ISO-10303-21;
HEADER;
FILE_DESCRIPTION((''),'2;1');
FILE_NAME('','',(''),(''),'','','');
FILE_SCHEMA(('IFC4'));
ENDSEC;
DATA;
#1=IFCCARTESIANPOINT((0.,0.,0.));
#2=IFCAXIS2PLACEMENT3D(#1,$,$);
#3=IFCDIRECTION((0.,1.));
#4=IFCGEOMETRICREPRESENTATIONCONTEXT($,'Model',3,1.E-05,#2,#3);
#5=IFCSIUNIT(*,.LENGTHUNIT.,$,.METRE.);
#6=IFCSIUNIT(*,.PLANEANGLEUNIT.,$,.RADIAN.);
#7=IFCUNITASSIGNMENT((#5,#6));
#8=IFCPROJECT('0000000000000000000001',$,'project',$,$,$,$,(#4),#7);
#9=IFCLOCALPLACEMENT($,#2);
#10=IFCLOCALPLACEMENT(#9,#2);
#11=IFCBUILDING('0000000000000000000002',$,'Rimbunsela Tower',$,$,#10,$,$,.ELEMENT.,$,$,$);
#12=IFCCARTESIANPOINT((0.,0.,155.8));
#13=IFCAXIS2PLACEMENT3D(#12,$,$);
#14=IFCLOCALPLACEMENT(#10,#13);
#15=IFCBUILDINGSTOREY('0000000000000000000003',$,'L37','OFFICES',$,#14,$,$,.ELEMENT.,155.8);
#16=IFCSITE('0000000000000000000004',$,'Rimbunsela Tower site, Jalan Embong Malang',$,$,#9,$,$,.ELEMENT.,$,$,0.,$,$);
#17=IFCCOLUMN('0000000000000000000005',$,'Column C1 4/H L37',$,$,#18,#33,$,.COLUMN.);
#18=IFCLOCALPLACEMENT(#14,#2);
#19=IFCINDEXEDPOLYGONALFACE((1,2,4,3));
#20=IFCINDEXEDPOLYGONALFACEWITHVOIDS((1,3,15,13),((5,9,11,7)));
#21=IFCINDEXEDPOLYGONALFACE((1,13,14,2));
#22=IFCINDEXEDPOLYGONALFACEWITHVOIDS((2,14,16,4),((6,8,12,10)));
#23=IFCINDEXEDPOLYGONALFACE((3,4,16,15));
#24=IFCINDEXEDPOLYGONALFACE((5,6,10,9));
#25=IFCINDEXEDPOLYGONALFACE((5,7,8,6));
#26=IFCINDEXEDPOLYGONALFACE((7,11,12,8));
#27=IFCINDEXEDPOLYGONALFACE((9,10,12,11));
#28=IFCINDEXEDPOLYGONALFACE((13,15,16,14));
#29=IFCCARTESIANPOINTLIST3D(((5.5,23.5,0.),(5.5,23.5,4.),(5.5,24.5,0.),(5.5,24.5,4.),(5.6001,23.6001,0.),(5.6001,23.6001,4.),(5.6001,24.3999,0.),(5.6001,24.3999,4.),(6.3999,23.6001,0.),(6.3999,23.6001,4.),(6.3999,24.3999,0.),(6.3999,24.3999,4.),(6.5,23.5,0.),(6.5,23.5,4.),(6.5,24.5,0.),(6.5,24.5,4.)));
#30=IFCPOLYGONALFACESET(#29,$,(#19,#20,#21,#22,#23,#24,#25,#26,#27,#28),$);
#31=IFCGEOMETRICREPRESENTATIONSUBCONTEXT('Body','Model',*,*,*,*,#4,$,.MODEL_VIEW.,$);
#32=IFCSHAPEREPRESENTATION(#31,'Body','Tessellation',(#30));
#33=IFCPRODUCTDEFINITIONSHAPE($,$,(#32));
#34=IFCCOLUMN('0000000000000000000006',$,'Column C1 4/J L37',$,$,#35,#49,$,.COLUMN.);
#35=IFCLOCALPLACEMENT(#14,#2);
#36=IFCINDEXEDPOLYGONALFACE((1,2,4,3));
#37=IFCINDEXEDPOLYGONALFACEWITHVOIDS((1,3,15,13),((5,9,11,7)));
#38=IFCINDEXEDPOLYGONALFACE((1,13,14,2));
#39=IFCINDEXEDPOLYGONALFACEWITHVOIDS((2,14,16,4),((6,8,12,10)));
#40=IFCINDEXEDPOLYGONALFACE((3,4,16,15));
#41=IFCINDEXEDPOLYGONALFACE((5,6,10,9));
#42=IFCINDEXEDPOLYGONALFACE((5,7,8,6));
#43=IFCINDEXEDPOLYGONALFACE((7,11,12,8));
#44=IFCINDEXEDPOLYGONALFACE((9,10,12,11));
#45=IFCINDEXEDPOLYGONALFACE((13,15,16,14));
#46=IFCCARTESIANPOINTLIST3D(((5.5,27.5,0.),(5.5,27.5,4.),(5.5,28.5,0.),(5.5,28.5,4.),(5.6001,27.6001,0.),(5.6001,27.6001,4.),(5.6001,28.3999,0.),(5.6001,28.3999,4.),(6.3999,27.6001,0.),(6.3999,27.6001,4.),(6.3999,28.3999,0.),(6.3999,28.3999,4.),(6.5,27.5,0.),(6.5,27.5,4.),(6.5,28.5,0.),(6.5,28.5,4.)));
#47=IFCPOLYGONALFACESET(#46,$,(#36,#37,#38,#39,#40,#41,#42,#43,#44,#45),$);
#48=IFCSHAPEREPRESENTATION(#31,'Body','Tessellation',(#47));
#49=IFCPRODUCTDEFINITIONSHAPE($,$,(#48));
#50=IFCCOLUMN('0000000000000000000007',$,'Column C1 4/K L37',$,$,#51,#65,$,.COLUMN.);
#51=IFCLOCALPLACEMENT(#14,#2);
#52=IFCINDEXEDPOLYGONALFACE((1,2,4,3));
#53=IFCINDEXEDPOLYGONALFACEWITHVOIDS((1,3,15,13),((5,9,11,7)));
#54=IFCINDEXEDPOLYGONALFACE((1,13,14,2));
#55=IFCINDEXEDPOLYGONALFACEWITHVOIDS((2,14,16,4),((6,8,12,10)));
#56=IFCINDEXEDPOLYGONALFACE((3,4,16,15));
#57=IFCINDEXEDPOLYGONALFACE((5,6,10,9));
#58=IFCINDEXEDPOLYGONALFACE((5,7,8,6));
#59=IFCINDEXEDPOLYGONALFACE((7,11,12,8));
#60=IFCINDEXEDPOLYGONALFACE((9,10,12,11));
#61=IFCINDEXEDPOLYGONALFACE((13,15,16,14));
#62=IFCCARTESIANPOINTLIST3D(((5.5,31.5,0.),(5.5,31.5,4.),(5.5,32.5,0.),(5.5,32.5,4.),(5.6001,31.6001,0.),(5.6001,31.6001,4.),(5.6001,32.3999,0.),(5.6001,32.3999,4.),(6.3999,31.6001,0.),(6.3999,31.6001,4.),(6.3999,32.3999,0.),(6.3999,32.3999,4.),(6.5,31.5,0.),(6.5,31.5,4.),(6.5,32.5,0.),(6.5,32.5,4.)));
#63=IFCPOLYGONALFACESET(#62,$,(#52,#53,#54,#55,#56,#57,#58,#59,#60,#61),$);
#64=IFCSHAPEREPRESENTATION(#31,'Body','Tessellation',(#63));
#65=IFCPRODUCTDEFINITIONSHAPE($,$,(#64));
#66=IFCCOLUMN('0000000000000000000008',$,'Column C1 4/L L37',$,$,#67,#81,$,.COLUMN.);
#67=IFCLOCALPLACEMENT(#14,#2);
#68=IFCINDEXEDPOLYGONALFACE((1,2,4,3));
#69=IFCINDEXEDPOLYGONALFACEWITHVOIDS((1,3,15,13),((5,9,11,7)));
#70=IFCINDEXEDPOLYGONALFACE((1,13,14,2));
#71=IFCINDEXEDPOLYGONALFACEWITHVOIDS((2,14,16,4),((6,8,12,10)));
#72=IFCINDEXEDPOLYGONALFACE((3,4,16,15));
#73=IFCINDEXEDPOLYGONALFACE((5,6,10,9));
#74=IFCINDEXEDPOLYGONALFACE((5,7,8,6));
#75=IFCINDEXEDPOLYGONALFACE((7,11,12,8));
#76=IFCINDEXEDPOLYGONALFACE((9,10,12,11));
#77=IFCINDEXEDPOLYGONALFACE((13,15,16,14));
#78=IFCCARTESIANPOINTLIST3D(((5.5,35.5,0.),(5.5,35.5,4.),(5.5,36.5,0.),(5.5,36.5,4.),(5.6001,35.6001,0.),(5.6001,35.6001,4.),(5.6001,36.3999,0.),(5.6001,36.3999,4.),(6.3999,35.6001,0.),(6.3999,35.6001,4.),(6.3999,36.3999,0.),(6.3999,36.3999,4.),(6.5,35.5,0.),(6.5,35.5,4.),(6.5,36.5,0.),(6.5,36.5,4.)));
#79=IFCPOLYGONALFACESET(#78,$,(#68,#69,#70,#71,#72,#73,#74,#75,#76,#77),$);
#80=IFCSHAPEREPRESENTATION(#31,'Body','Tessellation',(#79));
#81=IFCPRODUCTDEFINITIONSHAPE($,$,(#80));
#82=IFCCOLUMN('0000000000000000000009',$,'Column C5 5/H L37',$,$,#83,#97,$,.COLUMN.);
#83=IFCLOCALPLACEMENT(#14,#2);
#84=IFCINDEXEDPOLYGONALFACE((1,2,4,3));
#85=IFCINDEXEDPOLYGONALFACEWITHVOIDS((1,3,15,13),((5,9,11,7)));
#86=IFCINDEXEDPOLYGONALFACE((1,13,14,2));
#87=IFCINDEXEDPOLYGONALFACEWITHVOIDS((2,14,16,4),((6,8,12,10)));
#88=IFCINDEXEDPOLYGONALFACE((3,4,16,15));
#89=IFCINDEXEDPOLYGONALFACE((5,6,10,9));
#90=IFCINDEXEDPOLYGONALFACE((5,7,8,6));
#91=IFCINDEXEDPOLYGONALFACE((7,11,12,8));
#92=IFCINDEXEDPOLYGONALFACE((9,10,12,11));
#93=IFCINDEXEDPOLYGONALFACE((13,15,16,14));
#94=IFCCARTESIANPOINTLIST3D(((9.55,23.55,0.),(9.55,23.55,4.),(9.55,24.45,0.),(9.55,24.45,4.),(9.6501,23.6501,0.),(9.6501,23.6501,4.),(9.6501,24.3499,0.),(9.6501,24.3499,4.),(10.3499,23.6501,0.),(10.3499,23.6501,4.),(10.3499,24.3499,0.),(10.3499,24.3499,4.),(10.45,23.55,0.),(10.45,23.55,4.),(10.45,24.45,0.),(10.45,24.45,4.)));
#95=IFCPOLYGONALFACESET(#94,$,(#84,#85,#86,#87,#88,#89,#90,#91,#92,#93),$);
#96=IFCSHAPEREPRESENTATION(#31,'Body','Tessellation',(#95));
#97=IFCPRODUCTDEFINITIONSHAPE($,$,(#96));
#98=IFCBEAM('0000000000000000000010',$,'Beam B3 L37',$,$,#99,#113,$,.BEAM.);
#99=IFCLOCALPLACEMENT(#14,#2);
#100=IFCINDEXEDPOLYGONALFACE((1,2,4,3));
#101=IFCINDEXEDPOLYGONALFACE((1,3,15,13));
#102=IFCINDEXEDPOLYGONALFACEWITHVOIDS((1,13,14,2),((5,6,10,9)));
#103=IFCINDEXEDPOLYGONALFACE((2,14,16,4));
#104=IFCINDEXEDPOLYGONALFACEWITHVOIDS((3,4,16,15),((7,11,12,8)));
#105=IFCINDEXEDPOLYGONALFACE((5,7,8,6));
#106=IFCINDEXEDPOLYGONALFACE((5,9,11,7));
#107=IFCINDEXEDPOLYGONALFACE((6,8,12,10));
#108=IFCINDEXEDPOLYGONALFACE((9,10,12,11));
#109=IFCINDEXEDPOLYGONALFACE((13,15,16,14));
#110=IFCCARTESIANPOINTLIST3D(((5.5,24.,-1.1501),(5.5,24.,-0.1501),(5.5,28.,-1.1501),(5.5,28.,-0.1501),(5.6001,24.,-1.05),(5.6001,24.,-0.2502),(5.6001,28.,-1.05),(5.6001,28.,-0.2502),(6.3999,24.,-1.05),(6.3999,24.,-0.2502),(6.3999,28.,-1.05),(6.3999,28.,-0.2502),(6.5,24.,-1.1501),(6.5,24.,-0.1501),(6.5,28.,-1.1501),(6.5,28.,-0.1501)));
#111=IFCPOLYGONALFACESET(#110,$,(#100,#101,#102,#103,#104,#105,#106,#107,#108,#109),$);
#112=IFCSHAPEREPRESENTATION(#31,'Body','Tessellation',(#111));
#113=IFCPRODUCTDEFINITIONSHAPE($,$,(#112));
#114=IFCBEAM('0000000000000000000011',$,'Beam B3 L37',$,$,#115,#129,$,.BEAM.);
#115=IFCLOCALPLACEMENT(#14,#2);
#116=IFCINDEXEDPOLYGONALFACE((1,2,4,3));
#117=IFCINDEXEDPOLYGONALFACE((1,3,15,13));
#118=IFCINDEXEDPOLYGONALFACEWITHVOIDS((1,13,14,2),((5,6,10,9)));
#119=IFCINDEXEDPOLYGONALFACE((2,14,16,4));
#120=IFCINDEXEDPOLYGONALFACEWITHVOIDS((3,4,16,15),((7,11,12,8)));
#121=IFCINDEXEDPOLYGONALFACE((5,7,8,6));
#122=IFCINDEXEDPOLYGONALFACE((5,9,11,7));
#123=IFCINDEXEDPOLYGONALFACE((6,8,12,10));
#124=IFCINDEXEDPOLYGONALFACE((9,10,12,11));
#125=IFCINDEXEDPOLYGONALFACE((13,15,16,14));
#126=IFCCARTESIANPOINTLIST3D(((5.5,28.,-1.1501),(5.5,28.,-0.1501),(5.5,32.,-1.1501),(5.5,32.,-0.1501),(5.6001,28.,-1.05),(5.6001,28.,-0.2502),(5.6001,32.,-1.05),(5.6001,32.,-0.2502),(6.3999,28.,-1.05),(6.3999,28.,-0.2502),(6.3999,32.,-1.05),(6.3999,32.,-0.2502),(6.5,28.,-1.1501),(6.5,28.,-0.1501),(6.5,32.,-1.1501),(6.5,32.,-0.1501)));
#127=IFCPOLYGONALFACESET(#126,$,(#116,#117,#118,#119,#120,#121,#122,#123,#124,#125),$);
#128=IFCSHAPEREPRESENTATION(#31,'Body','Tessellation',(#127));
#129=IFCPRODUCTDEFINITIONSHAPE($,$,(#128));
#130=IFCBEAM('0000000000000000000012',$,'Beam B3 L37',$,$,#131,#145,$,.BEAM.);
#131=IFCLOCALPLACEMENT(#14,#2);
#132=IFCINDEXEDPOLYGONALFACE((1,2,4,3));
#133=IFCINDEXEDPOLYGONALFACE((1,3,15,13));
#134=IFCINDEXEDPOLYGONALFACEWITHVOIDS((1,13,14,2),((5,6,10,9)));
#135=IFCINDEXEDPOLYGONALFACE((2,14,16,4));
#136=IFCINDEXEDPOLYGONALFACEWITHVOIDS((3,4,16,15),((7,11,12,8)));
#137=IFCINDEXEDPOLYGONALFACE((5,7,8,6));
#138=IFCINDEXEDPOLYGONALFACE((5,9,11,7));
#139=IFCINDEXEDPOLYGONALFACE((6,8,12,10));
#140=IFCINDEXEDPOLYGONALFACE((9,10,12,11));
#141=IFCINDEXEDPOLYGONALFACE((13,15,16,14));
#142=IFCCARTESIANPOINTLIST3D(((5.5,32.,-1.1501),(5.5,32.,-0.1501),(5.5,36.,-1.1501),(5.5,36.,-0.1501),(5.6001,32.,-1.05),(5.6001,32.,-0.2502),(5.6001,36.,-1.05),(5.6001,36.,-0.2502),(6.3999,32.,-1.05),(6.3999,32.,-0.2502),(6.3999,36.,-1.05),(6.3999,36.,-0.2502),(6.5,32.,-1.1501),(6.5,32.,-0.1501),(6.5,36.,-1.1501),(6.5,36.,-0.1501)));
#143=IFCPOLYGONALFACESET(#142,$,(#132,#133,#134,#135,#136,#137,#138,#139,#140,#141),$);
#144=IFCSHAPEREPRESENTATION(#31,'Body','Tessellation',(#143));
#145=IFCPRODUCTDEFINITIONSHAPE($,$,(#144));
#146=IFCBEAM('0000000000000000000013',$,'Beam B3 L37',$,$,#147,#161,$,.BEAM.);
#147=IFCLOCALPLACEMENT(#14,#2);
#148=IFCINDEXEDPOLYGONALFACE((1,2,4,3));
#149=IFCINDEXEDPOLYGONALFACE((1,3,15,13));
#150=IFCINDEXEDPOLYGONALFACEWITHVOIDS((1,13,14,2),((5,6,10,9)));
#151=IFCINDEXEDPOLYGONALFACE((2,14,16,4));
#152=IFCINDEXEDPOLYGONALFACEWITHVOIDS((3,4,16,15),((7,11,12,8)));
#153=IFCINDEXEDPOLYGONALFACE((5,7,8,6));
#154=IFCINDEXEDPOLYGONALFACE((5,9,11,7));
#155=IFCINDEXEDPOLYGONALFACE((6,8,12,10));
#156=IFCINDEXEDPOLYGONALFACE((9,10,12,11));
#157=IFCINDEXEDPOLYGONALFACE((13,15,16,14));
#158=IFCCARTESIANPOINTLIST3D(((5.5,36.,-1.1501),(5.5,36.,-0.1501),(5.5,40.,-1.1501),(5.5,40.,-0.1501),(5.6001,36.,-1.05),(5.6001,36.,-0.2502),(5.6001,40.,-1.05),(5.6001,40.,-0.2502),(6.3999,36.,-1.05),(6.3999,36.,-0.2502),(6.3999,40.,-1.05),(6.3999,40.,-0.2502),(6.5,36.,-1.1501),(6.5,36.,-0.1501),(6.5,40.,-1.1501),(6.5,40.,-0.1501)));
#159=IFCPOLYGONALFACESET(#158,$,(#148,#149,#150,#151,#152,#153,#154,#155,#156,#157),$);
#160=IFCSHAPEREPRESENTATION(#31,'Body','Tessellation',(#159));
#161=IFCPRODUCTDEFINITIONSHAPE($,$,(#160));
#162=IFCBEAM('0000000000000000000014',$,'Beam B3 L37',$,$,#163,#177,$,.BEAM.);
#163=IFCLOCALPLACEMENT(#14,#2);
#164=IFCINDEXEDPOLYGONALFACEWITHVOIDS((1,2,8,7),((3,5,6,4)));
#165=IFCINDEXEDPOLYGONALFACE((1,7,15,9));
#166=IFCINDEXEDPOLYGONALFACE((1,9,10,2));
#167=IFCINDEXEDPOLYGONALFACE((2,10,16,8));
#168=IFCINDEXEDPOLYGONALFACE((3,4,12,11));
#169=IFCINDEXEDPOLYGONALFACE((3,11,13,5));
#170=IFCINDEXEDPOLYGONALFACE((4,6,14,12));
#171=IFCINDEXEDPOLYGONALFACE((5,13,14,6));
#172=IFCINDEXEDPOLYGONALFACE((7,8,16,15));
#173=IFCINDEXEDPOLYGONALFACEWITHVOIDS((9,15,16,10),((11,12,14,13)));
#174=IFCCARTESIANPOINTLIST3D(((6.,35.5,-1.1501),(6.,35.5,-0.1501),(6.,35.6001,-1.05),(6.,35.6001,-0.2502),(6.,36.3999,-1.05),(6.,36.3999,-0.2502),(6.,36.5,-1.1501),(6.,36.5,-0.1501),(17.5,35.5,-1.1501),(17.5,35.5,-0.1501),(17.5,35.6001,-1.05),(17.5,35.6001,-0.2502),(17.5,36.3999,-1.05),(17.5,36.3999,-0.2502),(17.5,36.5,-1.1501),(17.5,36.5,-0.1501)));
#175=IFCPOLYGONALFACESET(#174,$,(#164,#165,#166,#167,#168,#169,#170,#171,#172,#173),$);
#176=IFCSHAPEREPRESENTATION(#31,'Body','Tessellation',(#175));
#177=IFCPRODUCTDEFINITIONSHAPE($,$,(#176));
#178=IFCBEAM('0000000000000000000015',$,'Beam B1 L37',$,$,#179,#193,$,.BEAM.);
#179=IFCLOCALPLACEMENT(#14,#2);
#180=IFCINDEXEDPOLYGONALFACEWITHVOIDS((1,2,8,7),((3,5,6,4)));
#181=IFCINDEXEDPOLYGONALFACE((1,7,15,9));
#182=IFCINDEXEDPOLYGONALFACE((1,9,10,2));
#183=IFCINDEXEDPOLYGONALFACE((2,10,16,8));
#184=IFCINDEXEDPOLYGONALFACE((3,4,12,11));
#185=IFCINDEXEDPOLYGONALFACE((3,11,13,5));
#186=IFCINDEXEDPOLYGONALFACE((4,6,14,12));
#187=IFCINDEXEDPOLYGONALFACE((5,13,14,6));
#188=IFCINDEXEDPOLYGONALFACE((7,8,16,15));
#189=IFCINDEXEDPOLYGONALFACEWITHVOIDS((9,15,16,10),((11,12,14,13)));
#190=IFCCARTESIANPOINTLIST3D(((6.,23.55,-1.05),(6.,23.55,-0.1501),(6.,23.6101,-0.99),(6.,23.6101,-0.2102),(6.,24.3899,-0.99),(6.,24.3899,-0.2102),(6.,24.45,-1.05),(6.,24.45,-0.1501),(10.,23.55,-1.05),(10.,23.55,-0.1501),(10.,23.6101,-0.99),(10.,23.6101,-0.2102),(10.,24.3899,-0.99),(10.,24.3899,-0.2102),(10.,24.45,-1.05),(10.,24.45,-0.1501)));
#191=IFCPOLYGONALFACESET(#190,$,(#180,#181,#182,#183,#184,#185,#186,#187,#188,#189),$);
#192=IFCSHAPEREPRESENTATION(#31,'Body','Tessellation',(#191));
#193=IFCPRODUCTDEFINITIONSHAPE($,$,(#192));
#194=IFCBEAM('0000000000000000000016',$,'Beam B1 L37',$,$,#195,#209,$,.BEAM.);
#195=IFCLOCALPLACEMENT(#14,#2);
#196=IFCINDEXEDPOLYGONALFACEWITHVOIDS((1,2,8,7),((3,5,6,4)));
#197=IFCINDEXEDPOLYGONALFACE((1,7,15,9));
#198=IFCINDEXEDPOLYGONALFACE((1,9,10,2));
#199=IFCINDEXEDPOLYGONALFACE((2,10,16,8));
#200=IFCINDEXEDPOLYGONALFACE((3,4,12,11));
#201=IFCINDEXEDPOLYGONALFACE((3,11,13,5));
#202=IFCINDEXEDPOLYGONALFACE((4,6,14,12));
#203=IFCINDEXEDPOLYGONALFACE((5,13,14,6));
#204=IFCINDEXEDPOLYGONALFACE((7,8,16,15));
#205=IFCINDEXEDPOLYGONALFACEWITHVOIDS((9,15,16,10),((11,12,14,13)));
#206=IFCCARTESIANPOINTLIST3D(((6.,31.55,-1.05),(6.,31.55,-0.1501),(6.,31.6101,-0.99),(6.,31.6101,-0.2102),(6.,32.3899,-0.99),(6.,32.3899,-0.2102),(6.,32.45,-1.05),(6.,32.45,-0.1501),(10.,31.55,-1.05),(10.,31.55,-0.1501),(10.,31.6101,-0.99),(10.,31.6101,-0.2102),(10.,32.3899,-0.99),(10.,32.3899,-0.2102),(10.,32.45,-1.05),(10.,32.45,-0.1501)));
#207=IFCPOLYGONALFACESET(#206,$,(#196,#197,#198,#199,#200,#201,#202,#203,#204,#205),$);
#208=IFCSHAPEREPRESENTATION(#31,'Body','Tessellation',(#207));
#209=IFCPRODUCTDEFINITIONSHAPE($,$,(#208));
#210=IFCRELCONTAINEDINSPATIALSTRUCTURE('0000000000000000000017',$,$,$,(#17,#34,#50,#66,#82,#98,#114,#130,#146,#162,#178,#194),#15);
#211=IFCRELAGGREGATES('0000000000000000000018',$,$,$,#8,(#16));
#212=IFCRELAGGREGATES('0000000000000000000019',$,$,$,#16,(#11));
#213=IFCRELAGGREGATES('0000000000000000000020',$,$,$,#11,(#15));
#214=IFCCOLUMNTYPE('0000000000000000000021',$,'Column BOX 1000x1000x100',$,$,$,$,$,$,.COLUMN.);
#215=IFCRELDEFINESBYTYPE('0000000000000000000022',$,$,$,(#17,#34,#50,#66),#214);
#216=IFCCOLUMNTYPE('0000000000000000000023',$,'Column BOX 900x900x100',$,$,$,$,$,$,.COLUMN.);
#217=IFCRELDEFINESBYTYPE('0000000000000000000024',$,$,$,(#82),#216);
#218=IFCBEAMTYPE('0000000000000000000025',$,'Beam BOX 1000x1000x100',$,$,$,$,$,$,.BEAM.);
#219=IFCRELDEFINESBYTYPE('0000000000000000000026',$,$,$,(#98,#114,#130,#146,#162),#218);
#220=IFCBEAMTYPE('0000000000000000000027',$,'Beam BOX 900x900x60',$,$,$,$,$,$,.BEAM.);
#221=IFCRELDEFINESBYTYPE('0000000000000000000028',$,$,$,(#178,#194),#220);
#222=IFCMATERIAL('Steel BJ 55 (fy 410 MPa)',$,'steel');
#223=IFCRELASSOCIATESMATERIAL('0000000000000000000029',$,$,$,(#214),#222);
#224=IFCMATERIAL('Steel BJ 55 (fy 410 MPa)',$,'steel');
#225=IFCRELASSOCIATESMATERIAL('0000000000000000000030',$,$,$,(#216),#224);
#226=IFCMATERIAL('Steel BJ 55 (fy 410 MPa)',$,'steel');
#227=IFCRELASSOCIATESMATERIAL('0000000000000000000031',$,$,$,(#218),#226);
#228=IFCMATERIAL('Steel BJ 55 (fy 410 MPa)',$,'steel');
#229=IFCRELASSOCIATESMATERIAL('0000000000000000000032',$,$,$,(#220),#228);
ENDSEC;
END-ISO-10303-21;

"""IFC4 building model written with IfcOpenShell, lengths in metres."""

from ifc_helpers import new_model, si_unit, direction, frame, origin, origin_2d, place, context, subcontext, project, spatial, hollow_rectangle, extrude, material, material_profile, profile_set, type_object, element, save


model = new_model("IFC4")

# Units and contexts
model_context = context("Model", 3, precision=1e-05, world=origin(), true_north=direction((0.0, 1.0)))
body_context = subcontext(model_context, "Body", "Model", "MODEL_VIEW")
ifc_project = project(units=[si_unit("LENGTHUNIT", "METRE"), si_unit("PLANEANGLEUNIT", "RADIAN")], contexts=[model_context])

# Site, building, storey
site_placement = place(None, origin())
site = spatial("IfcSite", under=ifc_project, at=site_placement, Name="Rimbunsela Tower site, Jalan Embong Malang", CompositionType="ELEMENT", RefElevation=0.0)
building_placement = place(site_placement, origin())
building = spatial("IfcBuilding", under=site, at=building_placement, Name="Rimbunsela Tower", CompositionType="ELEMENT")
storey_placement = place(building_placement, frame((0.0, 0.0, 155.8)))
storey = spatial("IfcBuildingStorey", under=building, at=storey_placement, Name="L37", Description="OFFICES", CompositionType="ELEMENT", Elevation=155.8)

# Columns
ifc_material_1 = material(Name="Steel BJ 55 (fy 410 MPa)", Category="steel")
ifc_material_profile_1 = material_profile(ifc_material_1, hollow_rectangle(XDim=1.0, YDim=1.0, WallThickness=0.1001, at=origin_2d()), Name="BOX 1000x1000x100")
ifc_profile_set_1 = profile_set([ifc_material_profile_1], Name="Steel BJ 55 (fy 410 MPa)")
column_type_1 = type_object("IfcColumnType", Name="Column BOX 1000x1000x100", PredefinedType="COLUMN", material=ifc_profile_set_1)
for number, where, z_axis, x_axis, name in (
    (1, (6.0, 24.0, 0.0), (0.0, 0.0, 1.0), (1.0, 0.0, 0.0), "Column C1 4/H L37"),
    (2, (6.0, 28.0, 0.0), (0.0, 0.0, 1.0), (1.0, 0.0, 0.0), "Column C1 4/J L37"),
    (3, (6.0, 32.0, 0.0), (0.0, 0.0, 1.0), (1.0, 0.0, 0.0), "Column C1 4/K L37"),
    (4, (6.0, 36.0, 0.0), (0.0, 0.0, 1.0), (1.0, 0.0, 0.0), "Column C1 4/L L37"),
):
    element("IfcColumn", number, at=place(storey_placement, frame(where, z_axis=z_axis, x_axis=x_axis)), inside=storey, type_object=column_type_1, Name=name, PredefinedType="COLUMN", context=body_context, shape_type="SweptSolid", body=[
        extrude(hollow_rectangle(XDim=1.0, YDim=1.0, WallThickness=0.1001, at=origin_2d()), origin(), (0.0, 0.0, 1.0), 4.0),
    ])
ifc_material_2 = material(Name="Steel BJ 55 (fy 410 MPa)", Category="steel")
ifc_material_profile_2 = material_profile(ifc_material_2, hollow_rectangle(XDim=0.8999, YDim=0.8999, WallThickness=0.1001, at=origin_2d()), Name="BOX 900x900x100")
ifc_profile_set_2 = profile_set([ifc_material_profile_2], Name="Steel BJ 55 (fy 410 MPa)")
column_type_2 = type_object("IfcColumnType", Name="Column BOX 900x900x100", PredefinedType="COLUMN", material=ifc_profile_set_2)
column_placement = place(storey_placement, frame((10.0, 24.0, 0.0), z_axis=(0.0, 0.0, 1.0), x_axis=(1.0, 0.0, 0.0)))
element("IfcColumn", 5, at=column_placement, inside=storey, type_object=column_type_2, Name="Column C5 5/H L37", PredefinedType="COLUMN", context=body_context, shape_type="SweptSolid", body=[
    extrude(hollow_rectangle(XDim=0.8999, YDim=0.8999, WallThickness=0.1001, at=origin_2d()), origin(), (0.0, 0.0, 1.0), 4.0),
])

# Beams
ifc_material_3 = material(Name="Steel BJ 55 (fy 410 MPa)", Category="steel")
ifc_material_profile_3 = material_profile(ifc_material_3, hollow_rectangle(XDim=1.0, YDim=1.0, WallThickness=0.1001, at=origin_2d()), Name="BOX 1000x1000x100")
ifc_profile_set_3 = profile_set([ifc_material_profile_3], Name="Steel BJ 55 (fy 410 MPa)")
beam_type_1 = type_object("IfcBeamType", Name="Beam BOX 1000x1000x100", PredefinedType="BEAM", material=ifc_profile_set_3)
for number, where, z_axis, x_axis, name in (
    (6, (6.0, 24.0, -0.6501), (0.0, 1.0, 0.0), (-1.0, 0.0, 0.0), "Beam B3 L37"),
    (7, (6.0, 28.0, -0.6501), (0.0, 1.0, 0.0), (-1.0, 0.0, 0.0), "Beam B3 L37"),
    (8, (6.0, 32.0, -0.6501), (0.0, 1.0, 0.0), (-1.0, 0.0, 0.0), "Beam B3 L37"),
    (9, (6.0, 36.0, -0.6501), (0.0, 1.0, 0.0), (-1.0, 0.0, 0.0), "Beam B3 L37"),
):
    element("IfcBeam", number, at=place(storey_placement, frame(where, z_axis=z_axis, x_axis=x_axis)), inside=storey, type_object=beam_type_1, Name=name, PredefinedType="BEAM", context=body_context, shape_type="SweptSolid", body=[
        extrude(hollow_rectangle(XDim=1.0, YDim=1.0, WallThickness=0.1001, at=origin_2d()), origin(), (0.0, 0.0, 1.0), 4.0),
    ])
beam_1_placement = place(storey_placement, frame((6.0, 36.0, -0.6501), z_axis=(1.0, 0.0, 0.0), x_axis=(0.0, 1.0, 0.0)))
element("IfcBeam", 10, at=beam_1_placement, inside=storey, type_object=beam_type_1, Name="Beam B3 L37", PredefinedType="BEAM", context=body_context, shape_type="SweptSolid", body=[
    extrude(hollow_rectangle(XDim=1.0, YDim=1.0, WallThickness=0.1001, at=origin_2d()), origin(), (0.0, 0.0, 1.0), 11.5),
])
ifc_material_4 = material(Name="Steel BJ 55 (fy 410 MPa)", Category="steel")
ifc_material_profile_4 = material_profile(ifc_material_4, hollow_rectangle(XDim=0.8999, YDim=0.8999, WallThickness=0.0601, at=origin_2d()), Name="BOX 900x900x60")
ifc_profile_set_4 = profile_set([ifc_material_profile_4], Name="Steel BJ 55 (fy 410 MPa)")
beam_type_2 = type_object("IfcBeamType", Name="Beam BOX 900x900x60", PredefinedType="BEAM", material=ifc_profile_set_4)
for number, where, z_axis, x_axis, name in (
    (11, (6.0, 24.0, -0.6001), (1.0, 0.0, 0.0), (0.0, 1.0, 0.0), "Beam B1 L37"),
    (12, (6.0, 32.0, -0.6001), (1.0, 0.0, 0.0), (0.0, 1.0, 0.0), "Beam B1 L37"),
):
    element("IfcBeam", number, at=place(storey_placement, frame(where, z_axis=z_axis, x_axis=x_axis)), inside=storey, type_object=beam_type_2, Name=name, PredefinedType="BEAM", context=body_context, shape_type="SweptSolid", body=[
        extrude(hollow_rectangle(XDim=0.8999, YDim=0.8999, WallThickness=0.0601, at=origin_2d()), origin(), (0.0, 0.0, 1.0), 4.0),
    ])

save(model, "model.ifc")
